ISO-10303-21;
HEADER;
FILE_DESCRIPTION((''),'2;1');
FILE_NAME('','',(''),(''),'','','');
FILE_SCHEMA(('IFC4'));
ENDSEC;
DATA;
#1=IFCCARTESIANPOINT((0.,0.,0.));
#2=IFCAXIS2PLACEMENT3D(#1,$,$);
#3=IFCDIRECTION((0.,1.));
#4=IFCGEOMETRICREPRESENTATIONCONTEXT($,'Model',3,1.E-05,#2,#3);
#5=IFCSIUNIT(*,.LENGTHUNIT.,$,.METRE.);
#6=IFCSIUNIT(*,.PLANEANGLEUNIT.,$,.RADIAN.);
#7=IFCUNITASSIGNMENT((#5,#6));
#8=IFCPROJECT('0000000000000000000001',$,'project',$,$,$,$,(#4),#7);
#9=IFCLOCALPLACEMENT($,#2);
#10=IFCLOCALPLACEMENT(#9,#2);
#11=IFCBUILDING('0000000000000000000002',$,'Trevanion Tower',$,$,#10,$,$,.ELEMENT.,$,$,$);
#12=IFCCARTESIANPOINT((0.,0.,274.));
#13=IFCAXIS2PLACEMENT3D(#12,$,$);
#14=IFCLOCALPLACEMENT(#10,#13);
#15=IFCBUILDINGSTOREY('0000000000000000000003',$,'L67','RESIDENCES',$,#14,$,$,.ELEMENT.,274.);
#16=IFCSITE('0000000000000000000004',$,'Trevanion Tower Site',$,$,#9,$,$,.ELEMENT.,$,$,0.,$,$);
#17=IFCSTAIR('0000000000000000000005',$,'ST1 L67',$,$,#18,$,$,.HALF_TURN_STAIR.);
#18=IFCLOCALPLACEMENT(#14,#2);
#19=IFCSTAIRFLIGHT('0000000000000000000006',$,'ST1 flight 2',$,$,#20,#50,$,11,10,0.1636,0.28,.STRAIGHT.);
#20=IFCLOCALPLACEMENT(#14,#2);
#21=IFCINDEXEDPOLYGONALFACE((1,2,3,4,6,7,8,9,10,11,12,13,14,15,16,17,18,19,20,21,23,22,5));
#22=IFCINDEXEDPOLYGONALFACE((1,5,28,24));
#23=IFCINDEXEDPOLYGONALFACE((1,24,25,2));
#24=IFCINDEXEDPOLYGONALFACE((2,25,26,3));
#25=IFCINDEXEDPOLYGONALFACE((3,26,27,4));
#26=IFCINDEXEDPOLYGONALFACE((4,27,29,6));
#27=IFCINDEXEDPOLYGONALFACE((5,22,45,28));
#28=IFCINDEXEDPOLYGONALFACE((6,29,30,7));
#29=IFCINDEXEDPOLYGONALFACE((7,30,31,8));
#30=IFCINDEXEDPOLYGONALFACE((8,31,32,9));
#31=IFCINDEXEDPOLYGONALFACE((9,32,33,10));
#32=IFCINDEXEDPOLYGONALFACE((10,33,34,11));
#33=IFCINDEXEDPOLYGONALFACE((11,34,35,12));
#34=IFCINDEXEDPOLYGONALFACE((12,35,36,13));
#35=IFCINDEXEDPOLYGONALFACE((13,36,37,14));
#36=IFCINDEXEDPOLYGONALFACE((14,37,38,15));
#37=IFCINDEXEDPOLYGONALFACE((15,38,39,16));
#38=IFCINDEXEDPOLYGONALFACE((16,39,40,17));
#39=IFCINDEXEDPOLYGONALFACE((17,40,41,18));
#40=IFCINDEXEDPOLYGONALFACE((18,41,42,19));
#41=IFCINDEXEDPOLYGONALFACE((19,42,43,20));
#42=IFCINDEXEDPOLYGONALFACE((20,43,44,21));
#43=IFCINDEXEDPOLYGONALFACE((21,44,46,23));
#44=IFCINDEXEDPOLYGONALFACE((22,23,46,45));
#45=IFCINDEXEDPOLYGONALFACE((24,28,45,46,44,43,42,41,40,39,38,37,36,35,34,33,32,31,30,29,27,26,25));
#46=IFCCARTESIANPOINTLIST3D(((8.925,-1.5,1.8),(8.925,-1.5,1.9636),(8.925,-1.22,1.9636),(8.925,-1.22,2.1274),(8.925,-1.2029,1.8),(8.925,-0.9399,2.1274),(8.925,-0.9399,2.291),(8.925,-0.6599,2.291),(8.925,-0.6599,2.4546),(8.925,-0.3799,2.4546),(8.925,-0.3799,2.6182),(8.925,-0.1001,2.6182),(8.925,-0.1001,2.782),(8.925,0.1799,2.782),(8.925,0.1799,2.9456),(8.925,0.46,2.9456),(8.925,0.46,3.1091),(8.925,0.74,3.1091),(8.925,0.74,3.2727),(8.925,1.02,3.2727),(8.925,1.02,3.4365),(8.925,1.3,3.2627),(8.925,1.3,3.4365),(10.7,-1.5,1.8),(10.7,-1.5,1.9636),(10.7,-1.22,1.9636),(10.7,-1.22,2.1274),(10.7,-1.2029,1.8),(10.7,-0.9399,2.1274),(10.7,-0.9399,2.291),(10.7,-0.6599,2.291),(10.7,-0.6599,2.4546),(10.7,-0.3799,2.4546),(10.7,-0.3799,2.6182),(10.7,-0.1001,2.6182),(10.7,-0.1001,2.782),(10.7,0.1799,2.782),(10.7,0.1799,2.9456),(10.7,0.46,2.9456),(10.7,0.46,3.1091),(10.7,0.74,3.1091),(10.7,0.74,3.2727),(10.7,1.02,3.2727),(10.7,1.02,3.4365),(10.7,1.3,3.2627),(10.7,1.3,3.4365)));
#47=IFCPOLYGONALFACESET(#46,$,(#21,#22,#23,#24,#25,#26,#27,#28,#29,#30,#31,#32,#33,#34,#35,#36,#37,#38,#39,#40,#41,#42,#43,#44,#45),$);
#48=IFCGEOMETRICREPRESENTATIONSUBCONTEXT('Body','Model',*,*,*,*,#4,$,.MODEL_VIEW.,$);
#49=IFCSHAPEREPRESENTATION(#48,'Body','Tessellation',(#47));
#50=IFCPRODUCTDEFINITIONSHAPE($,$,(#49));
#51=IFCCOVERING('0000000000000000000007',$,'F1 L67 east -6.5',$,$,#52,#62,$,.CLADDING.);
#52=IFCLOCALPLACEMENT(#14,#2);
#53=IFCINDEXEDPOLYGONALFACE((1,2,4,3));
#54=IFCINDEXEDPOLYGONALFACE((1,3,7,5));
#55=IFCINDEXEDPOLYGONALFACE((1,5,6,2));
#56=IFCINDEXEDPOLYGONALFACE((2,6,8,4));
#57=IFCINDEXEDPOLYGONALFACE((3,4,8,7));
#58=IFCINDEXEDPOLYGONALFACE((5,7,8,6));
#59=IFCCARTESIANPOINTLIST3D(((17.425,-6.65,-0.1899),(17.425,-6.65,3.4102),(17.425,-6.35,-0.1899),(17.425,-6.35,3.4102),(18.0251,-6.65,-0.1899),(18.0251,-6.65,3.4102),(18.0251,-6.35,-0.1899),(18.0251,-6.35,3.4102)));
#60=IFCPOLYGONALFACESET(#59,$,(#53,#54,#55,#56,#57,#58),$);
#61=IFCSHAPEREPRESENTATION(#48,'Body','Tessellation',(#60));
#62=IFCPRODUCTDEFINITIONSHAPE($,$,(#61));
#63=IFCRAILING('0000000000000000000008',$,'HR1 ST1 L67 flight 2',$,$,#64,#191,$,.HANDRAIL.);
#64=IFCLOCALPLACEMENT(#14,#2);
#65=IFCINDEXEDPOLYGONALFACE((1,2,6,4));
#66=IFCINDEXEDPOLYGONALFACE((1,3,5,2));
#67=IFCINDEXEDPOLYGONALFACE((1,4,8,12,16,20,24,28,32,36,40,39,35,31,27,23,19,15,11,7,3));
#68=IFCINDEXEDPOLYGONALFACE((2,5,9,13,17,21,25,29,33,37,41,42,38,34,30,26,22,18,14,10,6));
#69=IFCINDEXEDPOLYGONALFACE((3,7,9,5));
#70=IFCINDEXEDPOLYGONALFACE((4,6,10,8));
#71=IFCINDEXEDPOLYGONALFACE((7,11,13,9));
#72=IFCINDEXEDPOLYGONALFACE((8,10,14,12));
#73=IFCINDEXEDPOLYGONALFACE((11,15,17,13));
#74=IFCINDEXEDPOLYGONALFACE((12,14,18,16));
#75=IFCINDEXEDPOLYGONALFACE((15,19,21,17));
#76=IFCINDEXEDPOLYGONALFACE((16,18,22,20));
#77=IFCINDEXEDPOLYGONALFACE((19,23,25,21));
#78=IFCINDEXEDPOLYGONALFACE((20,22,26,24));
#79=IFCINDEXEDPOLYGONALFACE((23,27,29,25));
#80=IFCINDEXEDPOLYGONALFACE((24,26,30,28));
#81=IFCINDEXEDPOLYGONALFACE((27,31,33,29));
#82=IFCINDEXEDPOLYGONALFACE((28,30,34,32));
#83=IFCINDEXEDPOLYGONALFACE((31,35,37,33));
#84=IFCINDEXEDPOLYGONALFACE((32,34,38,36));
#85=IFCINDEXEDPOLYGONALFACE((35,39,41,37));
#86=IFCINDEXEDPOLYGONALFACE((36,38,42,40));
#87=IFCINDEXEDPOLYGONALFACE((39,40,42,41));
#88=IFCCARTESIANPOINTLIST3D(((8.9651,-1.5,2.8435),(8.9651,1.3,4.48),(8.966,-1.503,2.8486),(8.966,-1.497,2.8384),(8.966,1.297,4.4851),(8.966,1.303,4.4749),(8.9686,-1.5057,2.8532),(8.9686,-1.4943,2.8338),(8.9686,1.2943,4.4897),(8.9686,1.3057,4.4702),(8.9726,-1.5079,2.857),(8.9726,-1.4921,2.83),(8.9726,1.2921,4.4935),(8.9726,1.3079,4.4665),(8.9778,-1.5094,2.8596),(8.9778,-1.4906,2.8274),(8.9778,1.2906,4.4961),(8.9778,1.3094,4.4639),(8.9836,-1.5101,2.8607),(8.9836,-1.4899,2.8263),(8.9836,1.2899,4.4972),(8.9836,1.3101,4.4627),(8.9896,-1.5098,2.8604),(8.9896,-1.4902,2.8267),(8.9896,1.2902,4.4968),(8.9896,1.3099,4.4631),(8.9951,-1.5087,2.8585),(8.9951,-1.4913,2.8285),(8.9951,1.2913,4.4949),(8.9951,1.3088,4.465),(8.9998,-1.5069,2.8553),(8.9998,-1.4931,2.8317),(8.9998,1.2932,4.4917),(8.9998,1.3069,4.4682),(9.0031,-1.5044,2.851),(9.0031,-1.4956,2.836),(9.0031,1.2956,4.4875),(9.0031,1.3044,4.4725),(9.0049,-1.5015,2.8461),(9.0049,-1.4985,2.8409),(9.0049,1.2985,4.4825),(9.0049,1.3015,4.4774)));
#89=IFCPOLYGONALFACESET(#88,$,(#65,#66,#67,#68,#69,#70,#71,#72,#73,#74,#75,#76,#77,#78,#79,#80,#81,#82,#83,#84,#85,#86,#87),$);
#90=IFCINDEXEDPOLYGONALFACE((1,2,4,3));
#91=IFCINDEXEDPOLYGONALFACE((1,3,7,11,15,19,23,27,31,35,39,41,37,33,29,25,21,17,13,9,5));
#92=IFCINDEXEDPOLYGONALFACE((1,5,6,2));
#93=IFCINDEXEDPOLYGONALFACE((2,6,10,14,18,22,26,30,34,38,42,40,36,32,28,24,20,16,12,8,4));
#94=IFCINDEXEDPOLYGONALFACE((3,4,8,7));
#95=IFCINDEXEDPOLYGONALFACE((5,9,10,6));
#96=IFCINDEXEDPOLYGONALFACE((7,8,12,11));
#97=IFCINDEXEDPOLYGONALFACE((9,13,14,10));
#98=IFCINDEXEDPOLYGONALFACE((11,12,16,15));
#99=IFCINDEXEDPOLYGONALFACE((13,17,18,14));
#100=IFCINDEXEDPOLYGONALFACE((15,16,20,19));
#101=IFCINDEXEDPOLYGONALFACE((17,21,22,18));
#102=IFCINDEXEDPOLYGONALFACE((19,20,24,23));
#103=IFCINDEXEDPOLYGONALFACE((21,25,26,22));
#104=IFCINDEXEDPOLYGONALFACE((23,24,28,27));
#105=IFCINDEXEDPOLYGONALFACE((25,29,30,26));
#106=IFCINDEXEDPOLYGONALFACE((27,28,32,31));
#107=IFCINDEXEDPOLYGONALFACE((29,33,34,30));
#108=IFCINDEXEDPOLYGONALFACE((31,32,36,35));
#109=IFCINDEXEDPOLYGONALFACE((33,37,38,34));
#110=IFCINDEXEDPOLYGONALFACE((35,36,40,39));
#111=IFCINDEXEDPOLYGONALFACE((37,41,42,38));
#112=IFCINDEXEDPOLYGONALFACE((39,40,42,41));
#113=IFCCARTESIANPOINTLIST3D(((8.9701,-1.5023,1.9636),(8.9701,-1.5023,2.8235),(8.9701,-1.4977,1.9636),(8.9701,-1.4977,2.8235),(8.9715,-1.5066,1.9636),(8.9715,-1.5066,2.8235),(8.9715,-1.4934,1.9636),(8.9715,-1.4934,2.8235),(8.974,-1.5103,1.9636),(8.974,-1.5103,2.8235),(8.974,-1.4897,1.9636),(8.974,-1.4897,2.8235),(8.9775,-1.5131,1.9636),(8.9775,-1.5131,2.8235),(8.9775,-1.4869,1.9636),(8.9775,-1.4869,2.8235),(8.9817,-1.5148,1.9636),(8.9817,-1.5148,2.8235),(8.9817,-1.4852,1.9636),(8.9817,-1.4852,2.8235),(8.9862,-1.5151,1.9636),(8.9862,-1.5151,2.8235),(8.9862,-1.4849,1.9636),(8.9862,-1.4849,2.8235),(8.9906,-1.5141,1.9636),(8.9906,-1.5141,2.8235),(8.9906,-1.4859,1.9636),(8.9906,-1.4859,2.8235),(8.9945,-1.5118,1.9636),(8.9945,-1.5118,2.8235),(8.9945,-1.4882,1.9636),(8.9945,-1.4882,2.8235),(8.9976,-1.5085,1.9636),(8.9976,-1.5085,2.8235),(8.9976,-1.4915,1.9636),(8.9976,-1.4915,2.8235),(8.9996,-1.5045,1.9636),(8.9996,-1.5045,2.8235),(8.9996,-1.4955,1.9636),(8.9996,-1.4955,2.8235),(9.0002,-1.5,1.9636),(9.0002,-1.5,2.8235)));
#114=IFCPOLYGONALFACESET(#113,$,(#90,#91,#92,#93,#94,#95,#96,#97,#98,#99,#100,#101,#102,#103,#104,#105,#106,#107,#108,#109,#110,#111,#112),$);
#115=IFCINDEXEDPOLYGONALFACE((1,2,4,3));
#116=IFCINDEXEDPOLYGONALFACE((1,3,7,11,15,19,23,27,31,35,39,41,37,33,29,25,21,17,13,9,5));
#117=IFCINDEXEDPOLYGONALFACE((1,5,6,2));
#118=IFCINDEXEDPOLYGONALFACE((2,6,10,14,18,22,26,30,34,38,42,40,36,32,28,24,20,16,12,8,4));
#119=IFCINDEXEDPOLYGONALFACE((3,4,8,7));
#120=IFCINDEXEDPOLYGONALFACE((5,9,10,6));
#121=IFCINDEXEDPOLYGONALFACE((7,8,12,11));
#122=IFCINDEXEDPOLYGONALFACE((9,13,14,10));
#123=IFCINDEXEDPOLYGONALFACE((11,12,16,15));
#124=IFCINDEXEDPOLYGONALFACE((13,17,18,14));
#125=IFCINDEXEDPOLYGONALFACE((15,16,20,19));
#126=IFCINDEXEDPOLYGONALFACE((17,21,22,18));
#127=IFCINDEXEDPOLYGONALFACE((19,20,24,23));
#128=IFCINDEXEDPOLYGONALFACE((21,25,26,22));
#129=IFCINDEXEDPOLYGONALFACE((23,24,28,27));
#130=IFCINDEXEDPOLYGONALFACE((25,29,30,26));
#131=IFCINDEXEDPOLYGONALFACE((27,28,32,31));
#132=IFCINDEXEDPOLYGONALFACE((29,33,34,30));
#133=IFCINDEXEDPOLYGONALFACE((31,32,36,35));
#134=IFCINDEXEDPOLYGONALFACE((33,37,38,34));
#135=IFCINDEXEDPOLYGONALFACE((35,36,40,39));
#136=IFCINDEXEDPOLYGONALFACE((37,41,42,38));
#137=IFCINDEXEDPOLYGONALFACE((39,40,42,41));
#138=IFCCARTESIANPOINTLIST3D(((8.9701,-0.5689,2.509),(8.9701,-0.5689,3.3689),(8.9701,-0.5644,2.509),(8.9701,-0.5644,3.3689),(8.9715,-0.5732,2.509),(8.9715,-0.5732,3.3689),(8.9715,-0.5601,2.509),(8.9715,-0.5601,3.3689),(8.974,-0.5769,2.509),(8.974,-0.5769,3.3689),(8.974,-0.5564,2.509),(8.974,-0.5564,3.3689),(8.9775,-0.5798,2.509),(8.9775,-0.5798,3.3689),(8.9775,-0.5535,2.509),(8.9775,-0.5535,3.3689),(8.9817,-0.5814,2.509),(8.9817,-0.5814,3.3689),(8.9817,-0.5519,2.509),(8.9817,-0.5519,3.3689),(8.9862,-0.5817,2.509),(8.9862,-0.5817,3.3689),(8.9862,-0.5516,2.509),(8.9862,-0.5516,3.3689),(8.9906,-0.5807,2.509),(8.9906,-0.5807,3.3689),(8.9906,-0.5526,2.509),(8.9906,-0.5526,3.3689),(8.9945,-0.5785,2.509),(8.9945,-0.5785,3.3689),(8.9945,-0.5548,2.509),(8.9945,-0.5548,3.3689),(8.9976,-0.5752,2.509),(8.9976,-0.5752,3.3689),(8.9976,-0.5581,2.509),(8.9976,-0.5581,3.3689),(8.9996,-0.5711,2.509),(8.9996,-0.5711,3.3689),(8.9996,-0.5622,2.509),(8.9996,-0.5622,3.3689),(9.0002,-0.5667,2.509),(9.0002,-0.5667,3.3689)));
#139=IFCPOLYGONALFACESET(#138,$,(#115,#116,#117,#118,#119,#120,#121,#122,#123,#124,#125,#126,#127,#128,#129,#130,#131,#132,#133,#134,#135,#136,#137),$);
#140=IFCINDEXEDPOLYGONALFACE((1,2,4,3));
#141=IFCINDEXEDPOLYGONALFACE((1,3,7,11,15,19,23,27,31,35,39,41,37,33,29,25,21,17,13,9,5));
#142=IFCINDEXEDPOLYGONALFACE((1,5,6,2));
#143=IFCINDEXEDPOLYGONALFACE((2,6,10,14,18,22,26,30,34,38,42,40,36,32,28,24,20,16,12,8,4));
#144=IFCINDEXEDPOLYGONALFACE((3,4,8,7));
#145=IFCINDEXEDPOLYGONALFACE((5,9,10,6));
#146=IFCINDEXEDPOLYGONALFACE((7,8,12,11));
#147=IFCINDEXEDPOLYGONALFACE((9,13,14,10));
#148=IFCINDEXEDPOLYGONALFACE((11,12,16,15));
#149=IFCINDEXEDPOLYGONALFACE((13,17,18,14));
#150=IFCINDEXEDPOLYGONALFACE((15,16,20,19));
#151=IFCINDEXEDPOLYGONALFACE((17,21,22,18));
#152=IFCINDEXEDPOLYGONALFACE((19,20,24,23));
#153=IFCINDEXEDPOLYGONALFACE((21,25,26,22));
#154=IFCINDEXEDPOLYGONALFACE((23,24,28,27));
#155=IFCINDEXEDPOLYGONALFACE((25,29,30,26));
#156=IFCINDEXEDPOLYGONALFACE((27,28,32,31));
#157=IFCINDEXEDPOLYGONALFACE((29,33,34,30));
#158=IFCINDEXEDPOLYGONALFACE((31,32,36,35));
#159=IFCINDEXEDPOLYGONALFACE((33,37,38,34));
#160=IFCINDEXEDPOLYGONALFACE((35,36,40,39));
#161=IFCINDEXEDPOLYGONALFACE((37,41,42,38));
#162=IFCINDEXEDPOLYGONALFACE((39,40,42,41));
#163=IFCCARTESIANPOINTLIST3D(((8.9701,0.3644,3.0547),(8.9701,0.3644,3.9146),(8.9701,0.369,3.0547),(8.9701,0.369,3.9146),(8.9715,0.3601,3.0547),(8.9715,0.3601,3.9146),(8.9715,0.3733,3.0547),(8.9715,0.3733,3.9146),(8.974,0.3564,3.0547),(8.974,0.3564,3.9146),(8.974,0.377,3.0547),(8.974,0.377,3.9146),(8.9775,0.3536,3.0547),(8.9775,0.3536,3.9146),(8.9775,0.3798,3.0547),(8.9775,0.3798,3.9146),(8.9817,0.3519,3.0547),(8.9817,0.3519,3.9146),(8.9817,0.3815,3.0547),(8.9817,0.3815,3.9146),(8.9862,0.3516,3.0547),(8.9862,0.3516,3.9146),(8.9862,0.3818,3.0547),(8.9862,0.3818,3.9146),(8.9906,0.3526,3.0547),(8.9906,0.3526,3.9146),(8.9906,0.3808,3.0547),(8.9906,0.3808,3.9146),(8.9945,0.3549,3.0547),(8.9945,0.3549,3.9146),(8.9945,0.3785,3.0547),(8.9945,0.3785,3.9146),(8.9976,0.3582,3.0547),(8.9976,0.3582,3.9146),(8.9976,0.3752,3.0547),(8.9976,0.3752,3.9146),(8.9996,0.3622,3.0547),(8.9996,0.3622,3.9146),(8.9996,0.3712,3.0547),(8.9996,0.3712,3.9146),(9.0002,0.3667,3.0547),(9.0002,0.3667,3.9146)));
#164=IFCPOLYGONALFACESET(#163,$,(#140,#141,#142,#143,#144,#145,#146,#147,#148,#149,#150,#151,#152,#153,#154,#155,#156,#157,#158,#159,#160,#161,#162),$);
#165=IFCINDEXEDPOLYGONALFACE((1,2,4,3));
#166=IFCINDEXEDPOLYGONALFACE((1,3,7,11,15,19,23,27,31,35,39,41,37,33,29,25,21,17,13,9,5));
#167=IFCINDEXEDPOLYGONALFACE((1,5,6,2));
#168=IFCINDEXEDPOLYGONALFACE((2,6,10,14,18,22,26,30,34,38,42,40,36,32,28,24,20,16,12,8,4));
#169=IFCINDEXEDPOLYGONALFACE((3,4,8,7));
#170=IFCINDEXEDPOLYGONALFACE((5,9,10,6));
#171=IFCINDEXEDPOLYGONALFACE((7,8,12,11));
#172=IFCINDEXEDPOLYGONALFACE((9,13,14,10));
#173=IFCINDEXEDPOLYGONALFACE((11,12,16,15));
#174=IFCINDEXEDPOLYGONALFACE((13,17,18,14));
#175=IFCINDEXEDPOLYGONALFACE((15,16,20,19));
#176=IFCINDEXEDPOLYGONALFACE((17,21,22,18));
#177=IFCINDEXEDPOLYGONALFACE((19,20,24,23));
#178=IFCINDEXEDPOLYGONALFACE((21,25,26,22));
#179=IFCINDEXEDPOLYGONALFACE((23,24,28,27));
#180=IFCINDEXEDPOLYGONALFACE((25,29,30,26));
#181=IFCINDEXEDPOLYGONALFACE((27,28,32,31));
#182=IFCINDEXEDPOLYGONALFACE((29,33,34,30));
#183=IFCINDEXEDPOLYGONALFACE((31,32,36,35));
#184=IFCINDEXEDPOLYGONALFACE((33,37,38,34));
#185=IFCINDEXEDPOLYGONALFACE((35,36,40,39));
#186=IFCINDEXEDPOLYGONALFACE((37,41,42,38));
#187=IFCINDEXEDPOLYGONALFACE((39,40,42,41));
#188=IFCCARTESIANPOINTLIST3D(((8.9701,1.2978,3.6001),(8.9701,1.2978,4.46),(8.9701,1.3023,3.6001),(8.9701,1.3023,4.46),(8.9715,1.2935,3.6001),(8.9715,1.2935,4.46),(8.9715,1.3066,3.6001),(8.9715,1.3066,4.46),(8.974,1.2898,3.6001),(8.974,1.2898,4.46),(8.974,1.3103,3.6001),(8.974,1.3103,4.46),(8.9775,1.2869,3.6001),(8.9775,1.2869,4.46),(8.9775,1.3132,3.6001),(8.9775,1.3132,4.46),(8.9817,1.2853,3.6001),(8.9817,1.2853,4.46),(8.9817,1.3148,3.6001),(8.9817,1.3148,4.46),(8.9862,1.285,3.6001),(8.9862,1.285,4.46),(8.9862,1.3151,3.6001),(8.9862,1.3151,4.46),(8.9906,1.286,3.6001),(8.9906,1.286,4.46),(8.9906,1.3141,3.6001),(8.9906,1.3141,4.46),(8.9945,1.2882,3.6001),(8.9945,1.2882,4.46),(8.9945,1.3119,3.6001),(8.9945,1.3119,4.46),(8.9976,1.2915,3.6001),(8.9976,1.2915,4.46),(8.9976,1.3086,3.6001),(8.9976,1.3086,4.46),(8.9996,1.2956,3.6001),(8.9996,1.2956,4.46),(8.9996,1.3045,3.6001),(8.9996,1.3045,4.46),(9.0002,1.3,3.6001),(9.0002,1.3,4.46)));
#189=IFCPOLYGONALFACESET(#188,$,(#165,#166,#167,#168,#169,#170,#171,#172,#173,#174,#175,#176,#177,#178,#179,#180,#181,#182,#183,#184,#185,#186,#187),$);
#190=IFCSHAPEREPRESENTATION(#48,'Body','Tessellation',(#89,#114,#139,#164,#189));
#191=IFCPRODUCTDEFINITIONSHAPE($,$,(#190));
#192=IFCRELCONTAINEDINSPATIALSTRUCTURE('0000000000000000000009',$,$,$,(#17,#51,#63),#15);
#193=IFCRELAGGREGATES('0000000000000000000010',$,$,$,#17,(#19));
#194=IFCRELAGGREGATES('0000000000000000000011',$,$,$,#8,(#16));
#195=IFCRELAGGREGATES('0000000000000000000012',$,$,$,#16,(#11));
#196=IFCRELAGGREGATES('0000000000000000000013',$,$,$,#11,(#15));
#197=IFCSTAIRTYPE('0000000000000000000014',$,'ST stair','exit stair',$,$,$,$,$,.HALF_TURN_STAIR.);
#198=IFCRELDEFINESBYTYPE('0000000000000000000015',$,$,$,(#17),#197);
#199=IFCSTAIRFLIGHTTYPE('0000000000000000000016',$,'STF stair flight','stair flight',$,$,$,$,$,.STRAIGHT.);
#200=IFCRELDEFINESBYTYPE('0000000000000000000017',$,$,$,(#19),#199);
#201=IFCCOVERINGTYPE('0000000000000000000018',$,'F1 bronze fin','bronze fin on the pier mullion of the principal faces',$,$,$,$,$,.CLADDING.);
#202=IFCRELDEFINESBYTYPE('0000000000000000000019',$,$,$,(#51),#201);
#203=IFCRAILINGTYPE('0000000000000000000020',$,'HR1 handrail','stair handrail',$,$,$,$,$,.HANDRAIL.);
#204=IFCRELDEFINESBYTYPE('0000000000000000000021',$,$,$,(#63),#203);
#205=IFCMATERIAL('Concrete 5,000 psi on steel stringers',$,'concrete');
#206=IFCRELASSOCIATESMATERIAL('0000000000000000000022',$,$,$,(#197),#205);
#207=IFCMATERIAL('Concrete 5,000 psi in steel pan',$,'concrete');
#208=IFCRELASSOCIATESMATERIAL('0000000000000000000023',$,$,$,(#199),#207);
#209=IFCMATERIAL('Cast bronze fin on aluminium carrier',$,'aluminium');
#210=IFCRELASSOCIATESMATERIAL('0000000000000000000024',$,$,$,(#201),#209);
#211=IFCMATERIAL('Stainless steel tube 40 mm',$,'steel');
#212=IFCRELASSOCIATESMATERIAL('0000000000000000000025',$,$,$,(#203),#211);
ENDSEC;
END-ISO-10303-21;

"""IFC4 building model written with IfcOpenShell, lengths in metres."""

from ifc_helpers import new_model, si_unit, direction, frame, origin, origin_2d, place, context, subcontext, project, spatial, polyline, rectangle, circle, outline, extrude, material, type_object, element, aggregate, save


model = new_model("IFC4")

# Units and contexts
model_context = context("Model", 3, precision=1e-05, world=origin(), true_north=direction((0.0, 1.0)))
body_context = subcontext(model_context, "Body", "Model", "MODEL_VIEW")
ifc_project = project(units=[si_unit("LENGTHUNIT", "METRE"), si_unit("PLANEANGLEUNIT", "RADIAN")], contexts=[model_context])

# Site, building, storey
site_placement = place(None, origin())
site = spatial("IfcSite", under=ifc_project, at=site_placement, Name="Trevanion Tower Site", CompositionType="ELEMENT", RefElevation=0.0)
building_placement = place(site_placement, origin())
building = spatial("IfcBuilding", under=site, at=building_placement, Name="Trevanion Tower", CompositionType="ELEMENT")
storey_placement = place(building_placement, frame((0.0, 0.0, 274.0)))
storey = spatial("IfcBuildingStorey", under=building, at=storey_placement, Name="L67", Description="RESIDENCES", CompositionType="ELEMENT", Elevation=274.0)

# Stair, stair flight
ifc_material_1 = material(Name="Concrete 5,000 psi on steel stringers", Category="concrete")
stair_type = type_object("IfcStairType", Name="ST stair", Description="exit stair", PredefinedType="HALF_TURN_STAIR", material=ifc_material_1)
stair_placement = place(storey_placement, origin())
stair = element("IfcStair", 1, at=stair_placement, inside=storey, type_object=stair_type, Name="ST1 L67", PredefinedType="HALF_TURN_STAIR")
ifc_material_2 = material(Name="Concrete 5,000 psi in steel pan", Category="concrete")
stair_flight_type = type_object("IfcStairFlightType", Name="STF stair flight", Description="stair flight", PredefinedType="STRAIGHT", material=ifc_material_2)
stair_flight_placement = place(storey_placement, frame((9.8125, -1.5, 1.8), z_axis=(0.0, 0.0, 1.0), x_axis=(0.0, 1.0, 0.0)))
stair_flight = element("IfcStairFlight", 2, at=stair_flight_placement, type_object=stair_flight_type, Name="ST1 flight 2", NumberOfRisers=11, NumberOfTreads=10, PredefinedType="STRAIGHT", RiserHeight=0.1636, TreadLength=0.28, context=body_context, shape_type="SweptSolid", body=[
    extrude(outline(polyline([(0.0, 0.0), (0.0, 0.1636), (0.28, 0.1636), (0.28, 0.3274), (0.5601, 0.3274), (0.5601, 0.491), (0.8401, 0.491), (0.8401, 0.6545), (1.1201, 0.6545), (1.1201, 0.8181), (1.3999, 0.8181), (1.3999, 0.9819), (1.6799, 0.9819), (1.6799, 1.1455), (1.96, 1.1455), (1.96, 1.3091), (2.24, 1.3091), (2.24, 1.4727), (2.52, 1.4727), (2.52, 1.6365), (2.8, 1.6365), (2.8, 1.8), (2.8, 1.4626), (0.2971, 0.0), (0.0, 0.0)])), frame((0.0, 0.8875, 0.0), z_axis=(0.0, -1.0, 0.0), x_axis=(1.0, 0.0, 0.0)), (0.0, 0.0, 1.0), 1.7749),
])
aggregate(stair, [stair_flight])

# Covering
ifc_material_3 = material(Name="Cast bronze fin on aluminium carrier", Category="aluminium")
covering_type = type_object("IfcCoveringType", Name="F1 bronze fin", Description="bronze fin on the pier mullion of the principal faces", PredefinedType="CLADDING", material=ifc_material_3)
covering_placement = place(storey_placement, frame((17.7251, -6.5, -0.1899), z_axis=(0.0, 0.0, 1.0), x_axis=(0.0, 1.0, 0.0)))
element("IfcCovering", 3, at=covering_placement, inside=storey, type_object=covering_type, Name="F1 L67 east -6.5", PredefinedType="CLADDING", context=body_context, shape_type="SweptSolid", body=[
    extrude(rectangle(XDim=0.3, YDim=0.6001, at=origin_2d()), origin(), (0.0, 0.0, 1.0), 3.6001),
])

# Railing
ifc_material_4 = material(Name="Stainless steel tube 40 mm", Category="steel")
railing_type = type_object("IfcRailingType", Name="HR1 handrail", Description="stair handrail", PredefinedType="HANDRAIL", material=ifc_material_4)
for number, where, name in (
    (4, (8.9851, -1.5, 1.9636), "HR1 ST1 L67 flight 2"),
):
    element("IfcRailing", number, at=place(storey_placement, frame(where)), inside=storey, type_object=railing_type, Name=name, PredefinedType="HANDRAIL", context=body_context, shape_type="SweptSolid", body=[
        extrude(circle(Radius=0.02, at=origin_2d()), frame((0.0, 0.0, 0.8799), z_axis=(0.0, 0.863361, 0.504587), x_axis=(-1.0, 0.0, 0.0)), (0.0, 0.0, 1.0), 3.2432),
        extrude(circle(Radius=0.0151, at=origin_2d()), origin(), (0.0, 0.0, 1.0), 0.8599),
        extrude(circle(Radius=0.0151, at=origin_2d()), frame((0.0, 0.9333, 0.5454)), (0.0, 0.0, 1.0), 0.8599),
        extrude(circle(Radius=0.0151, at=origin_2d()), frame((0.0, 1.8667, 1.0911)), (0.0, 0.0, 1.0), 0.8599),
        extrude(circle(Radius=0.0151, at=origin_2d()), frame((0.0, 2.8, 1.6365)), (0.0, 0.0, 1.0), 0.8599),
    ])

save(model, "model.ifc")
